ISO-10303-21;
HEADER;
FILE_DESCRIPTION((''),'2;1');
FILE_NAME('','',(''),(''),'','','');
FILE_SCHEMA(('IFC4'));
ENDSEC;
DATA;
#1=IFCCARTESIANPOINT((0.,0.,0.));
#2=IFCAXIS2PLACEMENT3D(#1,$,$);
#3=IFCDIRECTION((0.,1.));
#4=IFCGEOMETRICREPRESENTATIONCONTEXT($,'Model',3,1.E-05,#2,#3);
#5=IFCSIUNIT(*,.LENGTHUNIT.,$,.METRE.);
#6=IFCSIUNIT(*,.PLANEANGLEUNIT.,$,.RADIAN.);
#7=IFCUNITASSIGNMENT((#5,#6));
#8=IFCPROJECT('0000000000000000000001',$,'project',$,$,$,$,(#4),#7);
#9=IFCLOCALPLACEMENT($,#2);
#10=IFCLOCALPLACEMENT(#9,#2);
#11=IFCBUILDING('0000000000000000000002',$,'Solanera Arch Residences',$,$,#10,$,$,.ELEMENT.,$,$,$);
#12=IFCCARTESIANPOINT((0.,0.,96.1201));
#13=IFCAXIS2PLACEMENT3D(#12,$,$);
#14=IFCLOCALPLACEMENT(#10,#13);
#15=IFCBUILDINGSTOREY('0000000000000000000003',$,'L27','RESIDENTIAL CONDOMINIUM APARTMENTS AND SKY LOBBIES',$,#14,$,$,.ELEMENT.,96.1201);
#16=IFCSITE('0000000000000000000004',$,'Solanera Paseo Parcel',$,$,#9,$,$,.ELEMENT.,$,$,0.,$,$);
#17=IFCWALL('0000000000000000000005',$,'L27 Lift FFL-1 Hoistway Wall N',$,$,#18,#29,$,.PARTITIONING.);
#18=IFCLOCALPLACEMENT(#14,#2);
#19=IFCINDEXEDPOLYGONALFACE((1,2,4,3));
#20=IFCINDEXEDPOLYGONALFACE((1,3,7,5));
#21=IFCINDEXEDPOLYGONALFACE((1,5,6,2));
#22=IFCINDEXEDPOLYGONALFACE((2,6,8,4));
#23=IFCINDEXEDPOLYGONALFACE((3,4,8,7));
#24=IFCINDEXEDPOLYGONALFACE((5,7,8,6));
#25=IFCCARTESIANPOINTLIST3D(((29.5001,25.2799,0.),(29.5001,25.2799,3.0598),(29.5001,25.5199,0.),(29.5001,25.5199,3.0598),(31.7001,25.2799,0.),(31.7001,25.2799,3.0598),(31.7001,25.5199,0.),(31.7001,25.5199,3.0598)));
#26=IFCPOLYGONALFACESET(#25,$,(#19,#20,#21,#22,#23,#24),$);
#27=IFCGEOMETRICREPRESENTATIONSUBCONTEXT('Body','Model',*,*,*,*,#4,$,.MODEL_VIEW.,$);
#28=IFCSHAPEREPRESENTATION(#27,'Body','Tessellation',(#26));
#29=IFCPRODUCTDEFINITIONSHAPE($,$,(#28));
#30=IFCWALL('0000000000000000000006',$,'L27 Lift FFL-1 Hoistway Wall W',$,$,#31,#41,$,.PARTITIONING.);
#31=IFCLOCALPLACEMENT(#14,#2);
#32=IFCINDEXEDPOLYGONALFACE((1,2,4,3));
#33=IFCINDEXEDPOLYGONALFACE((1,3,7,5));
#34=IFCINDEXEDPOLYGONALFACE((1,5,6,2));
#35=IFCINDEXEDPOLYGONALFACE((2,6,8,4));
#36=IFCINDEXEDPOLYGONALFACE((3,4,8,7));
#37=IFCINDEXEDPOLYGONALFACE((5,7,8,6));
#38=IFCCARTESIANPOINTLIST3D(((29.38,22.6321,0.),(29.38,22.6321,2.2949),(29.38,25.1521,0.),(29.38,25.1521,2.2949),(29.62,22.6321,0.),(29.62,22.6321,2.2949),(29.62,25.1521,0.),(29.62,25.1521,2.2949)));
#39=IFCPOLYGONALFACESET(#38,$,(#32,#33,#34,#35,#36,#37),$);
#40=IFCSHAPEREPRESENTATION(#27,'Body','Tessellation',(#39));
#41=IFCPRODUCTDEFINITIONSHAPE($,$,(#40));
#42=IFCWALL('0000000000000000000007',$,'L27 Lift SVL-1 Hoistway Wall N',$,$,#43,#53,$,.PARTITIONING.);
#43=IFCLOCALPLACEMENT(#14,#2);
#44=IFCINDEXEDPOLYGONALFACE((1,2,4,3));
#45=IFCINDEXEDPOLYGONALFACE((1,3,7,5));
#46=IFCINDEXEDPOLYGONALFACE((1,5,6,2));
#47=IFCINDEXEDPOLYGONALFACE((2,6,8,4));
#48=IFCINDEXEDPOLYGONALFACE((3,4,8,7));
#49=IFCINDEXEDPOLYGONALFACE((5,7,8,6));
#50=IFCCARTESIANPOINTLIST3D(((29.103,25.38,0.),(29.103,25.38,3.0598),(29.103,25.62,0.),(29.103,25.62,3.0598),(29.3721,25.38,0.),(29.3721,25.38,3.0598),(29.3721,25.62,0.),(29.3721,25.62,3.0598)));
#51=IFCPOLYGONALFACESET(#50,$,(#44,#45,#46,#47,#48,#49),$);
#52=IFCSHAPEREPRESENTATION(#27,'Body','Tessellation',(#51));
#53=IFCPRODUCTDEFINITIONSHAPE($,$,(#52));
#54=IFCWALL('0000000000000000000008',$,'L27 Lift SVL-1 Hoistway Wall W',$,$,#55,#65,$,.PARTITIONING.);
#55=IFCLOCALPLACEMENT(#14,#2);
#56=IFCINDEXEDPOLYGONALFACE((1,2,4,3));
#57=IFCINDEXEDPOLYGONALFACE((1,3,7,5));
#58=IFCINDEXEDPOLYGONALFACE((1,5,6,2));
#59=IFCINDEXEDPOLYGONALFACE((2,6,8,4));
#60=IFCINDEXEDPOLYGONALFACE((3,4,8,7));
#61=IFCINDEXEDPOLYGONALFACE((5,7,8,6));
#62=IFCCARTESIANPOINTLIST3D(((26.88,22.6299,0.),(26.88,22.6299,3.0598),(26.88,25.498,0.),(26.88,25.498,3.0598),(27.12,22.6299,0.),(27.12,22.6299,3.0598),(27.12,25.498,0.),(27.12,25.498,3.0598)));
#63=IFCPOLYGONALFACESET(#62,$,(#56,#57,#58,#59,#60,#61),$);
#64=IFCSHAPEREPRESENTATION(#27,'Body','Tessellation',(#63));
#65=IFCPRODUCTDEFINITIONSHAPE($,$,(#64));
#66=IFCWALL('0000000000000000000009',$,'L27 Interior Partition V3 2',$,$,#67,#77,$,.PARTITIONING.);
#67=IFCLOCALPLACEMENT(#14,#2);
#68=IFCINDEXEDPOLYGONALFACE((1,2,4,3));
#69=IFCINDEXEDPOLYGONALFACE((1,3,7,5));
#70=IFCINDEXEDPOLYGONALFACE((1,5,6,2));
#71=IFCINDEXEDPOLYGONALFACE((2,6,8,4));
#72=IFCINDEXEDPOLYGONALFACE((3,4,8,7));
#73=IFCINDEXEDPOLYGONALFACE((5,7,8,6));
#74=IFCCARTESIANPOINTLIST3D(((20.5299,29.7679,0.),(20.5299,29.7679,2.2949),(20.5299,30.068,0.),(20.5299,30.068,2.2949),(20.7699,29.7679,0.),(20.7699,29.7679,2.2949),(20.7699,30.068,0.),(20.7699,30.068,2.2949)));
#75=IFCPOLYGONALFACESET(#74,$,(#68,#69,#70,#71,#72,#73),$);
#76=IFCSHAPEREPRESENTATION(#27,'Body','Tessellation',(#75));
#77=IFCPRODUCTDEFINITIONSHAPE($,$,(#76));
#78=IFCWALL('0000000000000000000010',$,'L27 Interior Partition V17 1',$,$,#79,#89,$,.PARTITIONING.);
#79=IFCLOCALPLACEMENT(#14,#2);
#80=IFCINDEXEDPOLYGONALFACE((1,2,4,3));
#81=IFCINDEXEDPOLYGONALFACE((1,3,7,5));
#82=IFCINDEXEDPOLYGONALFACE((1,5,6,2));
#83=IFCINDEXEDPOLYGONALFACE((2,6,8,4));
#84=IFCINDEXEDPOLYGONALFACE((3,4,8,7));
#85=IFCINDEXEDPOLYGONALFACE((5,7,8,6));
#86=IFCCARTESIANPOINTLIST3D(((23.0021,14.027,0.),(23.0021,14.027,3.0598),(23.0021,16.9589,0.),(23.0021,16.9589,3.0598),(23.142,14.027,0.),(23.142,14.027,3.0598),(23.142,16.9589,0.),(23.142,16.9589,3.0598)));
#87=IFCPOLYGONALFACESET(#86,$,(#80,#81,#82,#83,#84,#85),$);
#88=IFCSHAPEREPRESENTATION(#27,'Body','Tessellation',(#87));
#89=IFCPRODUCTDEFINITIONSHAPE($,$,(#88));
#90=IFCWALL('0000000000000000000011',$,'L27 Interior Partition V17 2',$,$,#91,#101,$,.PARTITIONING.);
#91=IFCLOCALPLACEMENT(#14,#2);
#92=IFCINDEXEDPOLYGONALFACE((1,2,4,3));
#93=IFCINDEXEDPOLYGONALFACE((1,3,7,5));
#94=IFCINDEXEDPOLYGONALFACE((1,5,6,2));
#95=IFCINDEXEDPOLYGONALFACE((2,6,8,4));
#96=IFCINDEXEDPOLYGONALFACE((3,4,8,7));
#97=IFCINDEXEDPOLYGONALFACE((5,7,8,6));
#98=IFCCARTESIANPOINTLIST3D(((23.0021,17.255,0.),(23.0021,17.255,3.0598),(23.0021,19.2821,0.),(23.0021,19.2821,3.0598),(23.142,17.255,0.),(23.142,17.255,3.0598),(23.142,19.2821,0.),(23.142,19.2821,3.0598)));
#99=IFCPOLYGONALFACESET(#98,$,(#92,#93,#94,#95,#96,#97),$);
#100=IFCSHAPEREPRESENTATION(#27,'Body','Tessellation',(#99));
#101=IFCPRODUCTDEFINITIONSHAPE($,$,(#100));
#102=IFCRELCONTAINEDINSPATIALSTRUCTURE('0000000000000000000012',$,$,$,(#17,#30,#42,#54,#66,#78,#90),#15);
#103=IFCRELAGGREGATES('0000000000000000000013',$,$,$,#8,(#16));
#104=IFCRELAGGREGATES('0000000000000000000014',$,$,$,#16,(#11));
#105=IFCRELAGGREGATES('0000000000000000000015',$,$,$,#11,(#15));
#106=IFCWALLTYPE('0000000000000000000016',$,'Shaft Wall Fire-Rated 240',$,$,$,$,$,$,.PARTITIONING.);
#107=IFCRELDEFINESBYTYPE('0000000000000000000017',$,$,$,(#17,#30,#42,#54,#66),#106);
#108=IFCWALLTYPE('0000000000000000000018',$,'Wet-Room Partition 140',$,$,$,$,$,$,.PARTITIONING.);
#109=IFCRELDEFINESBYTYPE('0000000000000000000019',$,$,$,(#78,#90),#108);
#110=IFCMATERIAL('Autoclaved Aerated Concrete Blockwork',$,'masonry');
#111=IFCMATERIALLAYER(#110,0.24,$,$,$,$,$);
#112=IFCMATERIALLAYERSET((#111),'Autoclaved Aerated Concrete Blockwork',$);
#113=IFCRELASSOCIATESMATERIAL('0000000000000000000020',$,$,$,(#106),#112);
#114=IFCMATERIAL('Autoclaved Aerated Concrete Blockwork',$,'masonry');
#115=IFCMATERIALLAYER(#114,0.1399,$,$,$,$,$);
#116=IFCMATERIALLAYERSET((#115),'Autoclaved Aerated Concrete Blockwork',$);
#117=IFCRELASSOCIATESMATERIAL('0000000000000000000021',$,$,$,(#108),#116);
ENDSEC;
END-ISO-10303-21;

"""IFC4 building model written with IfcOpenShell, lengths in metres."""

from ifc_helpers import new_model, si_unit, direction, frame, frame_2d, origin, place, context, subcontext, project, spatial, rectangle, extrude, material, layer, layer_set, type_object, element, save


model = new_model("IFC4")

# Units and contexts
model_context = context("Model", 3, precision=1e-05, world=origin(), true_north=direction((0.0, 1.0)))
body_context = subcontext(model_context, "Body", "Model", "MODEL_VIEW")
ifc_project = project(units=[si_unit("LENGTHUNIT", "METRE"), si_unit("PLANEANGLEUNIT", "RADIAN")], contexts=[model_context])

# Site, building, storey
site_placement = place(None, origin())
site = spatial("IfcSite", under=ifc_project, at=site_placement, Name="Solanera Paseo Parcel", CompositionType="ELEMENT", RefElevation=0.0)
building_placement = place(site_placement, origin())
building = spatial("IfcBuilding", under=site, at=building_placement, Name="Solanera Arch Residences", CompositionType="ELEMENT")
storey_placement = place(building_placement, frame((0.0, 0.0, 96.1201)))
storey = spatial("IfcBuildingStorey", under=building, at=storey_placement, Name="L27", Description="RESIDENTIAL CONDOMINIUM APARTMENTS AND SKY LOBBIES", CompositionType="ELEMENT", Elevation=96.1201)

# Walls
ifc_material_1 = material(Name="Autoclaved Aerated Concrete Blockwork", Category="masonry")
ifc_layer_1 = layer(ifc_material_1, 0.24)
ifc_layer_set_1 = layer_set([ifc_layer_1], Name="Autoclaved Aerated Concrete Blockwork")
wall_type_1 = type_object("IfcWallType", Name="Shaft Wall Fire-Rated 240", PredefinedType="PARTITIONING", material=ifc_layer_set_1)
wall_1_placement = place(storey_placement, frame((29.5, 25.3999, 0.0), z_axis=(0.0, 0.0, 1.0), x_axis=(1.0, 0.0, 0.0)))
element("IfcWall", 1, at=wall_1_placement, inside=storey, type_object=wall_type_1, Name="L27 Lift FFL-1 Hoistway Wall N", PredefinedType="PARTITIONING", context=body_context, shape_type="SweptSolid", body=[
    extrude(rectangle(XDim=2.2, YDim=0.24, at=frame_2d((1.1001, 0.0))), origin(), (0.0, 0.0, 1.0), 3.0598),
])
wall_2_placement = place(storey_placement, frame((29.5, 22.6321, 0.0), z_axis=(0.0, 0.0, 1.0), x_axis=(0.0, 1.0, 0.0)))
element("IfcWall", 2, at=wall_2_placement, inside=storey, type_object=wall_type_1, Name="L27 Lift FFL-1 Hoistway Wall W", PredefinedType="PARTITIONING", context=body_context, shape_type="SweptSolid", body=[
    extrude(rectangle(XDim=2.52, YDim=0.24, at=frame_2d((1.26, 0.0))), origin(), (0.0, 0.0, 1.0), 2.2949),
])
wall_3_placement = place(storey_placement, frame((29.103, 25.5, 0.0), z_axis=(0.0, 0.0, 1.0), x_axis=(1.0, 0.0, 0.0)))
element("IfcWall", 3, at=wall_3_placement, inside=storey, type_object=wall_type_1, Name="L27 Lift SVL-1 Hoistway Wall N", PredefinedType="PARTITIONING", context=body_context, shape_type="SweptSolid", body=[
    extrude(rectangle(XDim=0.269, YDim=0.24, at=frame_2d((0.1345, 0.0))), origin(), (0.0, 0.0, 1.0), 3.0598),
])
wall_4_placement = place(storey_placement, frame((27.0, 22.6299, 0.0), z_axis=(0.0, 0.0, 1.0), x_axis=(0.0, 1.0, 0.0)))
element("IfcWall", 4, at=wall_4_placement, inside=storey, type_object=wall_type_1, Name="L27 Lift SVL-1 Hoistway Wall W", PredefinedType="PARTITIONING", context=body_context, shape_type="SweptSolid", body=[
    extrude(rectangle(XDim=2.8682, YDim=0.24, at=frame_2d((1.4341, 0.0))), origin(), (0.0, 0.0, 1.0), 3.0598),
])
wall_5_placement = place(storey_placement, frame((20.6499, 29.7681, 0.0), z_axis=(0.0, 0.0, 1.0), x_axis=(0.0, 1.0, 0.0)))
element("IfcWall", 5, at=wall_5_placement, inside=storey, type_object=wall_type_1, Name="L27 Interior Partition V3 2", PredefinedType="PARTITIONING", context=body_context, shape_type="SweptSolid", body=[
    extrude(rectangle(XDim=0.3, YDim=0.24, at=frame_2d((0.1499, 0.0))), origin(), (0.0, 0.0, 1.0), 2.2949),
])
ifc_material_2 = material(Name="Autoclaved Aerated Concrete Blockwork", Category="masonry")
ifc_layer_2 = layer(ifc_material_2, 0.1399)
ifc_layer_set_2 = layer_set([ifc_layer_2], Name="Autoclaved Aerated Concrete Blockwork")
wall_type_2 = type_object("IfcWallType", Name="Wet-Room Partition 140", PredefinedType="PARTITIONING", material=ifc_layer_set_2)
wall_6_placement = place(storey_placement, frame((23.072, 14.0271, 0.0), z_axis=(0.0, 0.0, 1.0), x_axis=(0.0, 1.0, 0.0)))
element("IfcWall", 6, at=wall_6_placement, inside=storey, type_object=wall_type_2, Name="L27 Interior Partition V17 1", PredefinedType="PARTITIONING", context=body_context, shape_type="SweptSolid", body=[
    extrude(rectangle(XDim=2.9319, YDim=0.1399, at=frame_2d((1.4658, 0.0))), origin(), (0.0, 0.0, 1.0), 3.0598),
])
wall_7_placement = place(storey_placement, frame((23.072, 17.2549, 0.0), z_axis=(0.0, 0.0, 1.0), x_axis=(0.0, 1.0, 0.0)))
element("IfcWall", 7, at=wall_7_placement, inside=storey, type_object=wall_type_2, Name="L27 Interior Partition V17 2", PredefinedType="PARTITIONING", context=body_context, shape_type="SweptSolid", body=[
    extrude(rectangle(XDim=2.0271, YDim=0.1399, at=frame_2d((1.0137, 0.0))), origin(), (0.0, 0.0, 1.0), 3.0598),
])

save(model, "model.ifc")
